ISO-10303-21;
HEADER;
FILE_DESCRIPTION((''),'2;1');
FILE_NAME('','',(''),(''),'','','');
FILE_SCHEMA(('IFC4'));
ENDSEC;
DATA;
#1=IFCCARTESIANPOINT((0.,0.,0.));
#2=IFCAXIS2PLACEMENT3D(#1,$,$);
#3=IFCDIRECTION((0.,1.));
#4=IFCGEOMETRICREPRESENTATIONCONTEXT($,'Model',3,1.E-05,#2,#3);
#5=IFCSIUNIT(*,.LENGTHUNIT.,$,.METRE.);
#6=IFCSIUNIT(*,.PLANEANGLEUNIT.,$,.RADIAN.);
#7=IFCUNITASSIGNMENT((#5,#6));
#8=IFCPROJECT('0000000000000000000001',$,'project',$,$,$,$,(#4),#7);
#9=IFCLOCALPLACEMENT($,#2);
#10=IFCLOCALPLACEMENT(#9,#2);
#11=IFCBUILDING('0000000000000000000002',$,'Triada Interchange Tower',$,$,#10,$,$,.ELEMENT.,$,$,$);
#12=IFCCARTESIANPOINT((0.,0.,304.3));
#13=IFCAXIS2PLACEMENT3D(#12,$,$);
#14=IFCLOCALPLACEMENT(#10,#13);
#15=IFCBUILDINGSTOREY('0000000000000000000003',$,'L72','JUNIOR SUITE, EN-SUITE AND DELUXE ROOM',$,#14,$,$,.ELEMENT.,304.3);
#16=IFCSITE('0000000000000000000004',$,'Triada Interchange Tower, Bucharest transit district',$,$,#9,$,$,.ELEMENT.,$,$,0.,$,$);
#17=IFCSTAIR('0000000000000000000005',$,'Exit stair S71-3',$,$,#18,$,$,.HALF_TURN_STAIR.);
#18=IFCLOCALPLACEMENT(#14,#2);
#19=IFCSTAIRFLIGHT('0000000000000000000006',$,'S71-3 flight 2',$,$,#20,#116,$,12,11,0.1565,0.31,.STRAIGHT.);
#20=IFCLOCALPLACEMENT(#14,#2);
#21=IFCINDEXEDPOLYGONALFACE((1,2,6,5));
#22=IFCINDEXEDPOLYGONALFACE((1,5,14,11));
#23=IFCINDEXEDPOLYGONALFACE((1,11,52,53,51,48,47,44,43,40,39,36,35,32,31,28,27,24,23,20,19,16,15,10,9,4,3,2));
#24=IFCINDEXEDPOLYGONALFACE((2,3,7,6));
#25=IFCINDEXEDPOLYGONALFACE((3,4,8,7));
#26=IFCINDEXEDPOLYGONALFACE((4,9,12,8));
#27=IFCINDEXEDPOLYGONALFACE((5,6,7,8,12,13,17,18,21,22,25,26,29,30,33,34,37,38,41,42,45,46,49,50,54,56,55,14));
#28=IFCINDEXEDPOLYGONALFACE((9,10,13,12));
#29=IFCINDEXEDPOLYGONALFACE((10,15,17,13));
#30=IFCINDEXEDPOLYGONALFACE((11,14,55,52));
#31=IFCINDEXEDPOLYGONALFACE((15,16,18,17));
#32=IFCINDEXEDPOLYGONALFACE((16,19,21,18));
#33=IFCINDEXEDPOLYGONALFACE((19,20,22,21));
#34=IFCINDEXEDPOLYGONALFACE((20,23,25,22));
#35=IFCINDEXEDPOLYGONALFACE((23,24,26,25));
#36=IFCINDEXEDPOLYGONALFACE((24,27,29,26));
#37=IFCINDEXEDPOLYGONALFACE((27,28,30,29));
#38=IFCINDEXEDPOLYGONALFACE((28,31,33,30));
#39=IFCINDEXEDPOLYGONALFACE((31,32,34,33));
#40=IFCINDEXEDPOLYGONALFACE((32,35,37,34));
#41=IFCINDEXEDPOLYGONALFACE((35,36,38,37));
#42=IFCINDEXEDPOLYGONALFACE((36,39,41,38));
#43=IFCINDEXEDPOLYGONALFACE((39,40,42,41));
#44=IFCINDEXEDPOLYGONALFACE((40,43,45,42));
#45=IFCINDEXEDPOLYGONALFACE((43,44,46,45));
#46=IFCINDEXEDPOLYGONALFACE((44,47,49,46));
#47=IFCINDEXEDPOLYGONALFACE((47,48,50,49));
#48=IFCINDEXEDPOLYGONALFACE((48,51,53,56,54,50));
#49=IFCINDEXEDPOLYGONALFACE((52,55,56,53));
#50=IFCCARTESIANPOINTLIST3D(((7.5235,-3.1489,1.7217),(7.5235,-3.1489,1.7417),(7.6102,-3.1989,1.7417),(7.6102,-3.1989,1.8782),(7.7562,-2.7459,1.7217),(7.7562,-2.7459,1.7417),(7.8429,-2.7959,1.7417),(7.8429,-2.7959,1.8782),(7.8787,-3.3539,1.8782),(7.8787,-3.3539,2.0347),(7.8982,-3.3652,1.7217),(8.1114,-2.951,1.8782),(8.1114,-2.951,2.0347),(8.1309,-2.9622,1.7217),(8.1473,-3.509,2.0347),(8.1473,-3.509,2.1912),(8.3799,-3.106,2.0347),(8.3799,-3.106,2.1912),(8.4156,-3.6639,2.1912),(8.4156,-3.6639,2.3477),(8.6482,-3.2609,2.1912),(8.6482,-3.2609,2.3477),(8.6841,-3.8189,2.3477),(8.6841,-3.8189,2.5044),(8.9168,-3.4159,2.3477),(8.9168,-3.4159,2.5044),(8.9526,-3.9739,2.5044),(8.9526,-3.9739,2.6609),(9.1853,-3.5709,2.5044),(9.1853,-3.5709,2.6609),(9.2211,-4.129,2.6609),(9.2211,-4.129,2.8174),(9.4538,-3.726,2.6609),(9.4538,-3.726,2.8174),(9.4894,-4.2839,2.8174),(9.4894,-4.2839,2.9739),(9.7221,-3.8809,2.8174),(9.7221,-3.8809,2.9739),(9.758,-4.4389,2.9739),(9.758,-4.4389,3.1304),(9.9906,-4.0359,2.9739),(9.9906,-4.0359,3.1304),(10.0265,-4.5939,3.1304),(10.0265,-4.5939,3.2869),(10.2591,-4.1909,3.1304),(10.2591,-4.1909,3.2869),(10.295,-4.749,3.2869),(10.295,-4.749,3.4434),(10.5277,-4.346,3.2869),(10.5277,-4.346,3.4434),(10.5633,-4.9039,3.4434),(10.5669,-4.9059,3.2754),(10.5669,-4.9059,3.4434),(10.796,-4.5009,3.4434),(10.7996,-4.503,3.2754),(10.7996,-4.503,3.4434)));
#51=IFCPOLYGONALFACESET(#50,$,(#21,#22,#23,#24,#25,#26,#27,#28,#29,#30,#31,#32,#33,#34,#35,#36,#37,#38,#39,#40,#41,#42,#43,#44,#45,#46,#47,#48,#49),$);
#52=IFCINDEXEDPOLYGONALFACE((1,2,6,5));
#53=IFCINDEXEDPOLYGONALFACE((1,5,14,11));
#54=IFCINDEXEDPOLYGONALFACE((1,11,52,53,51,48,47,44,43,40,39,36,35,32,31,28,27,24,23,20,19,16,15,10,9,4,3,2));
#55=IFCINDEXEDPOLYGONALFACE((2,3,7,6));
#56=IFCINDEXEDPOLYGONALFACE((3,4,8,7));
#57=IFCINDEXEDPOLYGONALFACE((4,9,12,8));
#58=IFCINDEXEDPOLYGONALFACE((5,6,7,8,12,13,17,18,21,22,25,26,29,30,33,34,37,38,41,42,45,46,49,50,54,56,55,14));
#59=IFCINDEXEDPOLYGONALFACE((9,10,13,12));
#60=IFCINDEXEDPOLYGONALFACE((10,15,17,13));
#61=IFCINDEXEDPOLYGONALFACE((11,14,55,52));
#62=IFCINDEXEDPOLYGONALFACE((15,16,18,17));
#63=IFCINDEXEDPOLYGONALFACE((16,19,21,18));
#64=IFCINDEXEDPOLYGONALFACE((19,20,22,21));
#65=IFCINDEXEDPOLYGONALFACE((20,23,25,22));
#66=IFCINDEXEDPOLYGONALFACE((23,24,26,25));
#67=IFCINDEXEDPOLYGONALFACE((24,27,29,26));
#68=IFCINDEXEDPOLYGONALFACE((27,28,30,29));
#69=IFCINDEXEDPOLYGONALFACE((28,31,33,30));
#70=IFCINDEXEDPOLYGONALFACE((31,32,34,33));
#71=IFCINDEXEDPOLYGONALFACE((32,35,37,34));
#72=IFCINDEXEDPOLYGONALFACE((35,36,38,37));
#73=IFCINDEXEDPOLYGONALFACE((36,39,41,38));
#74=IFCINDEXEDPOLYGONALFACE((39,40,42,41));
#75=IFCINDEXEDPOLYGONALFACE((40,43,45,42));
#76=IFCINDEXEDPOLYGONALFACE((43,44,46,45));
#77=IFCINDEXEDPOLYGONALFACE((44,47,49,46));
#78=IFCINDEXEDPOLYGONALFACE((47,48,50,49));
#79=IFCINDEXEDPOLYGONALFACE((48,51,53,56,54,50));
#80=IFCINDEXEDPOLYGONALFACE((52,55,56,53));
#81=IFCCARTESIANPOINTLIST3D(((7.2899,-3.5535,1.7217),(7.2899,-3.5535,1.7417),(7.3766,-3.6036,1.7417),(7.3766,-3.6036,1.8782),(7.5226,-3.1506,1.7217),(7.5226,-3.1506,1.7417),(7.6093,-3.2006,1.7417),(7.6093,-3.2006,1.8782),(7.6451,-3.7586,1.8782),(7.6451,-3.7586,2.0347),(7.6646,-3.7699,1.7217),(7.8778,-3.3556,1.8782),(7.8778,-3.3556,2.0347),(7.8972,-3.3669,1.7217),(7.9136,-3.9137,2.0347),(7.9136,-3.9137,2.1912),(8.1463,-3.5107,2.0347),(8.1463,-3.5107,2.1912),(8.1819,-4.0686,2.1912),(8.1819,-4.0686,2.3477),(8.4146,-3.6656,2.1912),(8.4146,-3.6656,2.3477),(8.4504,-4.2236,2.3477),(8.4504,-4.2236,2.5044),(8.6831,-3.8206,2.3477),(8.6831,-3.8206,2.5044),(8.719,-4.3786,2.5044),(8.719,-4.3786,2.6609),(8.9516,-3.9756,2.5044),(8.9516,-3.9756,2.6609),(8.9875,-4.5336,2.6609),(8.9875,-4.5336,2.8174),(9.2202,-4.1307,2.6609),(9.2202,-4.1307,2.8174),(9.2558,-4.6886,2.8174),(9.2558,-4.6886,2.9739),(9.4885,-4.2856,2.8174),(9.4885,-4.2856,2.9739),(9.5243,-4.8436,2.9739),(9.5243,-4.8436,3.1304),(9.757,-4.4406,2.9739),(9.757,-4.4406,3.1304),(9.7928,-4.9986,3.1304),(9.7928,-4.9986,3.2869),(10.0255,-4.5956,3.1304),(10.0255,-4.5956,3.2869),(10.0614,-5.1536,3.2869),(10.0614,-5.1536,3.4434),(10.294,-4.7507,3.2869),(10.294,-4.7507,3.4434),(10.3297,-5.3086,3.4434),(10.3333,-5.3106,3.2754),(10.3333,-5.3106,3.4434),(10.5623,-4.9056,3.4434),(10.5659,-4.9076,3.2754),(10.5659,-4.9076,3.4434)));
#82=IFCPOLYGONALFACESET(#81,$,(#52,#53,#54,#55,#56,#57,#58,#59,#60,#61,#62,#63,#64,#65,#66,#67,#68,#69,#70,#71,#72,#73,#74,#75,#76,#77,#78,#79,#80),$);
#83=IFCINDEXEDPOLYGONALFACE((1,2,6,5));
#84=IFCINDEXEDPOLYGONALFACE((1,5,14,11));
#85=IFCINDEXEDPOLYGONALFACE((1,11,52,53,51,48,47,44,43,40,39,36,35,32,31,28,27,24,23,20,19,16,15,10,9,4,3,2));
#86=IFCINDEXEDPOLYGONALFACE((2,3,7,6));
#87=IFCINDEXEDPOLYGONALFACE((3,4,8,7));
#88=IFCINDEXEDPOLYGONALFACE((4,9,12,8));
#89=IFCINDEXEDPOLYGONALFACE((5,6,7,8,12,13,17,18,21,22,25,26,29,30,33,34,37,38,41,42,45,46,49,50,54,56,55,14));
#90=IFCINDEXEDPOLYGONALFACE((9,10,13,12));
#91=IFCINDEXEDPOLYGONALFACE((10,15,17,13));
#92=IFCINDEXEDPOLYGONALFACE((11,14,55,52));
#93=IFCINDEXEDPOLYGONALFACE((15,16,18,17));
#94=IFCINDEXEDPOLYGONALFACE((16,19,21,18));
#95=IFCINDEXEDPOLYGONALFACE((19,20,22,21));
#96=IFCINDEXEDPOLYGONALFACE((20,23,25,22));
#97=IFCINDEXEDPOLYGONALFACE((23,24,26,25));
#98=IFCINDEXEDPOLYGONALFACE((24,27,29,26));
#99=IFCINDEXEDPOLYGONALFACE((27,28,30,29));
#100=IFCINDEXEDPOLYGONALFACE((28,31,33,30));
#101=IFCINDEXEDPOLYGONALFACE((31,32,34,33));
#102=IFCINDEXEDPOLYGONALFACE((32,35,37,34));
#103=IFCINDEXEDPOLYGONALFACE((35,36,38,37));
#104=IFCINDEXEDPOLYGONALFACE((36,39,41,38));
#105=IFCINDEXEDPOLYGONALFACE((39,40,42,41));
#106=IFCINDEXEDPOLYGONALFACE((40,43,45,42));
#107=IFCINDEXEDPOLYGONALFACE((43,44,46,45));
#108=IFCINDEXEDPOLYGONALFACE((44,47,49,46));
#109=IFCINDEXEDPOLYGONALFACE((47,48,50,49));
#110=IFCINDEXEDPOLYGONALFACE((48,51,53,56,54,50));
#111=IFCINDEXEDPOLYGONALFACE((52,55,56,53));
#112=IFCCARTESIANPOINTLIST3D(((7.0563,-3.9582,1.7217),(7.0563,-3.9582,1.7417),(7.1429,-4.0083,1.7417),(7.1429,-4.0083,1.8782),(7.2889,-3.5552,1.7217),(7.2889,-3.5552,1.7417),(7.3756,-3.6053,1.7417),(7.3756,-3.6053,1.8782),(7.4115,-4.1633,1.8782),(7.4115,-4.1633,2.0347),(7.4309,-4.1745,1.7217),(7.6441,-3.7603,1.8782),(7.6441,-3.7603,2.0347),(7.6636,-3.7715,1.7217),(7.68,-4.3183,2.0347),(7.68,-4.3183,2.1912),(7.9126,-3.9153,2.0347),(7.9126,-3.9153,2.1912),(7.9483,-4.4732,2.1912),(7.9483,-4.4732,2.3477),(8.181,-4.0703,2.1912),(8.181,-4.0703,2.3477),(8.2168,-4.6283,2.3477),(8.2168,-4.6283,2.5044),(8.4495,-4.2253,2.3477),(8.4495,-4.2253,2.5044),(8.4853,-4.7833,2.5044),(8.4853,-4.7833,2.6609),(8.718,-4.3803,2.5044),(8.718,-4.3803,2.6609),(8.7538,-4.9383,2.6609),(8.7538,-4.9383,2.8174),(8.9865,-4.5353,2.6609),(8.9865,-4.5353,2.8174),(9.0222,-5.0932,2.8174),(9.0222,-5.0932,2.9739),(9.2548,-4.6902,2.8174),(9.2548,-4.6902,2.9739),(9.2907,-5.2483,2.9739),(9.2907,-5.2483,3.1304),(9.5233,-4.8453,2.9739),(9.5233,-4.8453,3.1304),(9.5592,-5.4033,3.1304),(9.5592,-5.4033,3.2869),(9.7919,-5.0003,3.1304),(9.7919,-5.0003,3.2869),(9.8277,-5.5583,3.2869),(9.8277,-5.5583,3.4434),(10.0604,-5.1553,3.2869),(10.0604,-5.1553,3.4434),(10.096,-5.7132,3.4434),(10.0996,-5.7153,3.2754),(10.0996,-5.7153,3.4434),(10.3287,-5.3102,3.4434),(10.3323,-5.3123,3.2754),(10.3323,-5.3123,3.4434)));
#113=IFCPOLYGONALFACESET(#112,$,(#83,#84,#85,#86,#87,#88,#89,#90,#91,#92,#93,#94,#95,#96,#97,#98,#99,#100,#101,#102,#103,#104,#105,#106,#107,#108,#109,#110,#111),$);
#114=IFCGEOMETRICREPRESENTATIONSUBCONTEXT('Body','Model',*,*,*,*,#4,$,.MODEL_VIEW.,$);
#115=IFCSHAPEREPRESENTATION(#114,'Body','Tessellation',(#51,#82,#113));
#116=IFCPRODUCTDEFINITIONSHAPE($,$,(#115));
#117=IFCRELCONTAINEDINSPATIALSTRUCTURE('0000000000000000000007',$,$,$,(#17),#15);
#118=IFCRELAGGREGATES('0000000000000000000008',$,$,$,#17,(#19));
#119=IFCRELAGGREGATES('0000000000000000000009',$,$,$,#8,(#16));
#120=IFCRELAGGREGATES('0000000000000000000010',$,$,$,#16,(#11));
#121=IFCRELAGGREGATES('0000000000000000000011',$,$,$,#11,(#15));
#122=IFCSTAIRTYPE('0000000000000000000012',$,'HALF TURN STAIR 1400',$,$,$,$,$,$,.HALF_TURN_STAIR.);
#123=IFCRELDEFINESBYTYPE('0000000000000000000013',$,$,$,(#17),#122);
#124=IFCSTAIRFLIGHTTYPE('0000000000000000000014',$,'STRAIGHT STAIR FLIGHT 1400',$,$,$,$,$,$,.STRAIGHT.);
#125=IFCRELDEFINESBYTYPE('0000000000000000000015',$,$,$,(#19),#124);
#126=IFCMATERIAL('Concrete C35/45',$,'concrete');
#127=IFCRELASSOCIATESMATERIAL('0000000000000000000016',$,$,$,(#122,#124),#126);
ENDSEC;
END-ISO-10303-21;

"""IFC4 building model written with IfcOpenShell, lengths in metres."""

from ifc_helpers import new_model, si_unit, direction, frame, origin, place, context, subcontext, project, spatial, polyline, outline, extrude, material, type_object, element, aggregate, save


model = new_model("IFC4")

# Units and contexts
model_context = context("Model", 3, precision=1e-05, world=origin(), true_north=direction((0.0, 1.0)))
body_context = subcontext(model_context, "Body", "Model", "MODEL_VIEW")
ifc_project = project(units=[si_unit("LENGTHUNIT", "METRE"), si_unit("PLANEANGLEUNIT", "RADIAN")], contexts=[model_context])

# Site, building, storey
site_placement = place(None, origin())
site = spatial("IfcSite", under=ifc_project, at=site_placement, Name="Triada Interchange Tower, Bucharest transit district", CompositionType="ELEMENT", RefElevation=0.0)
building_placement = place(site_placement, origin())
building = spatial("IfcBuilding", under=site, at=building_placement, Name="Triada Interchange Tower", CompositionType="ELEMENT")
storey_placement = place(building_placement, frame((0.0, 0.0, 304.3)))
storey = spatial("IfcBuildingStorey", under=building, at=storey_placement, Name="L72", Description="JUNIOR SUITE, EN-SUITE AND DELUXE ROOM", CompositionType="ELEMENT", Elevation=304.3)

# Stair, stair flight
ifc_material_1 = material(Name="Concrete C35/45", Category="concrete")
stair_type = type_object("IfcStairType", Name="HALF TURN STAIR 1400", PredefinedType="HALF_TURN_STAIR", material=ifc_material_1)
stair_placement = place(storey_placement, origin())
stair = element("IfcStair", 1, at=stair_placement, inside=storey, type_object=stair_type, Name="Exit stair S71-3", PredefinedType="HALF_TURN_STAIR")
stair_flight_type = type_object("IfcStairFlightType", Name="STRAIGHT STAIR FLIGHT 1400", PredefinedType="STRAIGHT", material=ifc_material_1)
stair_flight_1_placement = place(storey_placement, frame((7.4929, -3.4021, 1.7217), z_axis=(0.0, 0.0, 1.0), x_axis=(0.866025, -0.5, 0.0)))
stair_flight_1 = element("IfcStairFlight", 2, at=stair_flight_1_placement, type_object=stair_flight_type, Name="S71-3 flight 2", NumberOfRisers=12, NumberOfTreads=11, PredefinedType="STRAIGHT", RiserHeight=0.1565, TreadLength=0.31, context=body_context, shape_type="SweptSolid", body=[
    extrude(outline(polyline([(-0.1001, 0.0), (-0.1001, 0.02), (0.0, 0.02), (0.0, 0.1565), (0.3101, 0.1565), (0.3101, 0.313), (0.6201, 0.313), (0.6201, 0.4695), (0.9299, 0.4695), (0.9299, 0.626), (1.24, 0.626), (1.24, 0.7827), (1.55, 0.7827), (1.55, 0.9392), (1.8601, 0.9392), (1.8601, 1.0957), (2.1699, 1.0957), (2.1699, 1.2522), (2.48, 1.2522), (2.48, 1.4087), (2.79, 1.4087), (2.79, 1.5652), (3.1001, 1.5652), (3.1001, 1.7217), (3.4099, 1.7217), (3.4141, 1.7217), (3.4141, 1.8782), (3.4141, 1.5537), (0.3325, 0.0), (-0.1001, 0.0)])), frame((0.0, 0.7, 0.0), z_axis=(0.0, -1.0, 0.0), x_axis=(1.0, 0.0, 0.0)), (0.0, 0.0, 1.0), 0.4653),
    extrude(outline(polyline([(-0.1001, 0.0), (-0.1001, 0.02), (0.0, 0.02), (0.0, 0.1565), (0.3101, 0.1565), (0.3101, 0.313), (0.6201, 0.313), (0.6201, 0.4695), (0.9299, 0.4695), (0.9299, 0.626), (1.24, 0.626), (1.24, 0.7827), (1.55, 0.7827), (1.55, 0.9392), (1.8601, 0.9392), (1.8601, 1.0957), (2.1699, 1.0957), (2.1699, 1.2522), (2.48, 1.2522), (2.48, 1.4087), (2.79, 1.4087), (2.79, 1.5652), (3.1001, 1.5652), (3.1001, 1.7217), (3.4099, 1.7217), (3.4141, 1.7217), (3.4141, 1.8782), (3.4141, 1.5537), (0.3325, 0.0), (-0.1001, 0.0)])), frame((0.0, 0.2327, 0.0), z_axis=(0.0, -1.0, 0.0), x_axis=(1.0, 0.0, 0.0)), (0.0, 0.0, 1.0), 0.4653),
    extrude(outline(polyline([(-0.1001, 0.0), (-0.1001, 0.02), (0.0, 0.02), (0.0, 0.1565), (0.3101, 0.1565), (0.3101, 0.313), (0.6201, 0.313), (0.6201, 0.4695), (0.9299, 0.4695), (0.9299, 0.626), (1.24, 0.626), (1.24, 0.7827), (1.55, 0.7827), (1.55, 0.9392), (1.8601, 0.9392), (1.8601, 1.0957), (2.1699, 1.0957), (2.1699, 1.2522), (2.48, 1.2522), (2.48, 1.4087), (2.79, 1.4087), (2.79, 1.5652), (3.1001, 1.5652), (3.1001, 1.7217), (3.4099, 1.7217), (3.4141, 1.7217), (3.4141, 1.8782), (3.4141, 1.5537), (0.3325, 0.0), (-0.1001, 0.0)])), frame((0.0, -0.2346, 0.0), z_axis=(0.0, -1.0, 0.0), x_axis=(1.0, 0.0, 0.0)), (0.0, 0.0, 1.0), 0.4653),
])
aggregate(stair, [stair_flight_1])

save(model, "model.ifc")
